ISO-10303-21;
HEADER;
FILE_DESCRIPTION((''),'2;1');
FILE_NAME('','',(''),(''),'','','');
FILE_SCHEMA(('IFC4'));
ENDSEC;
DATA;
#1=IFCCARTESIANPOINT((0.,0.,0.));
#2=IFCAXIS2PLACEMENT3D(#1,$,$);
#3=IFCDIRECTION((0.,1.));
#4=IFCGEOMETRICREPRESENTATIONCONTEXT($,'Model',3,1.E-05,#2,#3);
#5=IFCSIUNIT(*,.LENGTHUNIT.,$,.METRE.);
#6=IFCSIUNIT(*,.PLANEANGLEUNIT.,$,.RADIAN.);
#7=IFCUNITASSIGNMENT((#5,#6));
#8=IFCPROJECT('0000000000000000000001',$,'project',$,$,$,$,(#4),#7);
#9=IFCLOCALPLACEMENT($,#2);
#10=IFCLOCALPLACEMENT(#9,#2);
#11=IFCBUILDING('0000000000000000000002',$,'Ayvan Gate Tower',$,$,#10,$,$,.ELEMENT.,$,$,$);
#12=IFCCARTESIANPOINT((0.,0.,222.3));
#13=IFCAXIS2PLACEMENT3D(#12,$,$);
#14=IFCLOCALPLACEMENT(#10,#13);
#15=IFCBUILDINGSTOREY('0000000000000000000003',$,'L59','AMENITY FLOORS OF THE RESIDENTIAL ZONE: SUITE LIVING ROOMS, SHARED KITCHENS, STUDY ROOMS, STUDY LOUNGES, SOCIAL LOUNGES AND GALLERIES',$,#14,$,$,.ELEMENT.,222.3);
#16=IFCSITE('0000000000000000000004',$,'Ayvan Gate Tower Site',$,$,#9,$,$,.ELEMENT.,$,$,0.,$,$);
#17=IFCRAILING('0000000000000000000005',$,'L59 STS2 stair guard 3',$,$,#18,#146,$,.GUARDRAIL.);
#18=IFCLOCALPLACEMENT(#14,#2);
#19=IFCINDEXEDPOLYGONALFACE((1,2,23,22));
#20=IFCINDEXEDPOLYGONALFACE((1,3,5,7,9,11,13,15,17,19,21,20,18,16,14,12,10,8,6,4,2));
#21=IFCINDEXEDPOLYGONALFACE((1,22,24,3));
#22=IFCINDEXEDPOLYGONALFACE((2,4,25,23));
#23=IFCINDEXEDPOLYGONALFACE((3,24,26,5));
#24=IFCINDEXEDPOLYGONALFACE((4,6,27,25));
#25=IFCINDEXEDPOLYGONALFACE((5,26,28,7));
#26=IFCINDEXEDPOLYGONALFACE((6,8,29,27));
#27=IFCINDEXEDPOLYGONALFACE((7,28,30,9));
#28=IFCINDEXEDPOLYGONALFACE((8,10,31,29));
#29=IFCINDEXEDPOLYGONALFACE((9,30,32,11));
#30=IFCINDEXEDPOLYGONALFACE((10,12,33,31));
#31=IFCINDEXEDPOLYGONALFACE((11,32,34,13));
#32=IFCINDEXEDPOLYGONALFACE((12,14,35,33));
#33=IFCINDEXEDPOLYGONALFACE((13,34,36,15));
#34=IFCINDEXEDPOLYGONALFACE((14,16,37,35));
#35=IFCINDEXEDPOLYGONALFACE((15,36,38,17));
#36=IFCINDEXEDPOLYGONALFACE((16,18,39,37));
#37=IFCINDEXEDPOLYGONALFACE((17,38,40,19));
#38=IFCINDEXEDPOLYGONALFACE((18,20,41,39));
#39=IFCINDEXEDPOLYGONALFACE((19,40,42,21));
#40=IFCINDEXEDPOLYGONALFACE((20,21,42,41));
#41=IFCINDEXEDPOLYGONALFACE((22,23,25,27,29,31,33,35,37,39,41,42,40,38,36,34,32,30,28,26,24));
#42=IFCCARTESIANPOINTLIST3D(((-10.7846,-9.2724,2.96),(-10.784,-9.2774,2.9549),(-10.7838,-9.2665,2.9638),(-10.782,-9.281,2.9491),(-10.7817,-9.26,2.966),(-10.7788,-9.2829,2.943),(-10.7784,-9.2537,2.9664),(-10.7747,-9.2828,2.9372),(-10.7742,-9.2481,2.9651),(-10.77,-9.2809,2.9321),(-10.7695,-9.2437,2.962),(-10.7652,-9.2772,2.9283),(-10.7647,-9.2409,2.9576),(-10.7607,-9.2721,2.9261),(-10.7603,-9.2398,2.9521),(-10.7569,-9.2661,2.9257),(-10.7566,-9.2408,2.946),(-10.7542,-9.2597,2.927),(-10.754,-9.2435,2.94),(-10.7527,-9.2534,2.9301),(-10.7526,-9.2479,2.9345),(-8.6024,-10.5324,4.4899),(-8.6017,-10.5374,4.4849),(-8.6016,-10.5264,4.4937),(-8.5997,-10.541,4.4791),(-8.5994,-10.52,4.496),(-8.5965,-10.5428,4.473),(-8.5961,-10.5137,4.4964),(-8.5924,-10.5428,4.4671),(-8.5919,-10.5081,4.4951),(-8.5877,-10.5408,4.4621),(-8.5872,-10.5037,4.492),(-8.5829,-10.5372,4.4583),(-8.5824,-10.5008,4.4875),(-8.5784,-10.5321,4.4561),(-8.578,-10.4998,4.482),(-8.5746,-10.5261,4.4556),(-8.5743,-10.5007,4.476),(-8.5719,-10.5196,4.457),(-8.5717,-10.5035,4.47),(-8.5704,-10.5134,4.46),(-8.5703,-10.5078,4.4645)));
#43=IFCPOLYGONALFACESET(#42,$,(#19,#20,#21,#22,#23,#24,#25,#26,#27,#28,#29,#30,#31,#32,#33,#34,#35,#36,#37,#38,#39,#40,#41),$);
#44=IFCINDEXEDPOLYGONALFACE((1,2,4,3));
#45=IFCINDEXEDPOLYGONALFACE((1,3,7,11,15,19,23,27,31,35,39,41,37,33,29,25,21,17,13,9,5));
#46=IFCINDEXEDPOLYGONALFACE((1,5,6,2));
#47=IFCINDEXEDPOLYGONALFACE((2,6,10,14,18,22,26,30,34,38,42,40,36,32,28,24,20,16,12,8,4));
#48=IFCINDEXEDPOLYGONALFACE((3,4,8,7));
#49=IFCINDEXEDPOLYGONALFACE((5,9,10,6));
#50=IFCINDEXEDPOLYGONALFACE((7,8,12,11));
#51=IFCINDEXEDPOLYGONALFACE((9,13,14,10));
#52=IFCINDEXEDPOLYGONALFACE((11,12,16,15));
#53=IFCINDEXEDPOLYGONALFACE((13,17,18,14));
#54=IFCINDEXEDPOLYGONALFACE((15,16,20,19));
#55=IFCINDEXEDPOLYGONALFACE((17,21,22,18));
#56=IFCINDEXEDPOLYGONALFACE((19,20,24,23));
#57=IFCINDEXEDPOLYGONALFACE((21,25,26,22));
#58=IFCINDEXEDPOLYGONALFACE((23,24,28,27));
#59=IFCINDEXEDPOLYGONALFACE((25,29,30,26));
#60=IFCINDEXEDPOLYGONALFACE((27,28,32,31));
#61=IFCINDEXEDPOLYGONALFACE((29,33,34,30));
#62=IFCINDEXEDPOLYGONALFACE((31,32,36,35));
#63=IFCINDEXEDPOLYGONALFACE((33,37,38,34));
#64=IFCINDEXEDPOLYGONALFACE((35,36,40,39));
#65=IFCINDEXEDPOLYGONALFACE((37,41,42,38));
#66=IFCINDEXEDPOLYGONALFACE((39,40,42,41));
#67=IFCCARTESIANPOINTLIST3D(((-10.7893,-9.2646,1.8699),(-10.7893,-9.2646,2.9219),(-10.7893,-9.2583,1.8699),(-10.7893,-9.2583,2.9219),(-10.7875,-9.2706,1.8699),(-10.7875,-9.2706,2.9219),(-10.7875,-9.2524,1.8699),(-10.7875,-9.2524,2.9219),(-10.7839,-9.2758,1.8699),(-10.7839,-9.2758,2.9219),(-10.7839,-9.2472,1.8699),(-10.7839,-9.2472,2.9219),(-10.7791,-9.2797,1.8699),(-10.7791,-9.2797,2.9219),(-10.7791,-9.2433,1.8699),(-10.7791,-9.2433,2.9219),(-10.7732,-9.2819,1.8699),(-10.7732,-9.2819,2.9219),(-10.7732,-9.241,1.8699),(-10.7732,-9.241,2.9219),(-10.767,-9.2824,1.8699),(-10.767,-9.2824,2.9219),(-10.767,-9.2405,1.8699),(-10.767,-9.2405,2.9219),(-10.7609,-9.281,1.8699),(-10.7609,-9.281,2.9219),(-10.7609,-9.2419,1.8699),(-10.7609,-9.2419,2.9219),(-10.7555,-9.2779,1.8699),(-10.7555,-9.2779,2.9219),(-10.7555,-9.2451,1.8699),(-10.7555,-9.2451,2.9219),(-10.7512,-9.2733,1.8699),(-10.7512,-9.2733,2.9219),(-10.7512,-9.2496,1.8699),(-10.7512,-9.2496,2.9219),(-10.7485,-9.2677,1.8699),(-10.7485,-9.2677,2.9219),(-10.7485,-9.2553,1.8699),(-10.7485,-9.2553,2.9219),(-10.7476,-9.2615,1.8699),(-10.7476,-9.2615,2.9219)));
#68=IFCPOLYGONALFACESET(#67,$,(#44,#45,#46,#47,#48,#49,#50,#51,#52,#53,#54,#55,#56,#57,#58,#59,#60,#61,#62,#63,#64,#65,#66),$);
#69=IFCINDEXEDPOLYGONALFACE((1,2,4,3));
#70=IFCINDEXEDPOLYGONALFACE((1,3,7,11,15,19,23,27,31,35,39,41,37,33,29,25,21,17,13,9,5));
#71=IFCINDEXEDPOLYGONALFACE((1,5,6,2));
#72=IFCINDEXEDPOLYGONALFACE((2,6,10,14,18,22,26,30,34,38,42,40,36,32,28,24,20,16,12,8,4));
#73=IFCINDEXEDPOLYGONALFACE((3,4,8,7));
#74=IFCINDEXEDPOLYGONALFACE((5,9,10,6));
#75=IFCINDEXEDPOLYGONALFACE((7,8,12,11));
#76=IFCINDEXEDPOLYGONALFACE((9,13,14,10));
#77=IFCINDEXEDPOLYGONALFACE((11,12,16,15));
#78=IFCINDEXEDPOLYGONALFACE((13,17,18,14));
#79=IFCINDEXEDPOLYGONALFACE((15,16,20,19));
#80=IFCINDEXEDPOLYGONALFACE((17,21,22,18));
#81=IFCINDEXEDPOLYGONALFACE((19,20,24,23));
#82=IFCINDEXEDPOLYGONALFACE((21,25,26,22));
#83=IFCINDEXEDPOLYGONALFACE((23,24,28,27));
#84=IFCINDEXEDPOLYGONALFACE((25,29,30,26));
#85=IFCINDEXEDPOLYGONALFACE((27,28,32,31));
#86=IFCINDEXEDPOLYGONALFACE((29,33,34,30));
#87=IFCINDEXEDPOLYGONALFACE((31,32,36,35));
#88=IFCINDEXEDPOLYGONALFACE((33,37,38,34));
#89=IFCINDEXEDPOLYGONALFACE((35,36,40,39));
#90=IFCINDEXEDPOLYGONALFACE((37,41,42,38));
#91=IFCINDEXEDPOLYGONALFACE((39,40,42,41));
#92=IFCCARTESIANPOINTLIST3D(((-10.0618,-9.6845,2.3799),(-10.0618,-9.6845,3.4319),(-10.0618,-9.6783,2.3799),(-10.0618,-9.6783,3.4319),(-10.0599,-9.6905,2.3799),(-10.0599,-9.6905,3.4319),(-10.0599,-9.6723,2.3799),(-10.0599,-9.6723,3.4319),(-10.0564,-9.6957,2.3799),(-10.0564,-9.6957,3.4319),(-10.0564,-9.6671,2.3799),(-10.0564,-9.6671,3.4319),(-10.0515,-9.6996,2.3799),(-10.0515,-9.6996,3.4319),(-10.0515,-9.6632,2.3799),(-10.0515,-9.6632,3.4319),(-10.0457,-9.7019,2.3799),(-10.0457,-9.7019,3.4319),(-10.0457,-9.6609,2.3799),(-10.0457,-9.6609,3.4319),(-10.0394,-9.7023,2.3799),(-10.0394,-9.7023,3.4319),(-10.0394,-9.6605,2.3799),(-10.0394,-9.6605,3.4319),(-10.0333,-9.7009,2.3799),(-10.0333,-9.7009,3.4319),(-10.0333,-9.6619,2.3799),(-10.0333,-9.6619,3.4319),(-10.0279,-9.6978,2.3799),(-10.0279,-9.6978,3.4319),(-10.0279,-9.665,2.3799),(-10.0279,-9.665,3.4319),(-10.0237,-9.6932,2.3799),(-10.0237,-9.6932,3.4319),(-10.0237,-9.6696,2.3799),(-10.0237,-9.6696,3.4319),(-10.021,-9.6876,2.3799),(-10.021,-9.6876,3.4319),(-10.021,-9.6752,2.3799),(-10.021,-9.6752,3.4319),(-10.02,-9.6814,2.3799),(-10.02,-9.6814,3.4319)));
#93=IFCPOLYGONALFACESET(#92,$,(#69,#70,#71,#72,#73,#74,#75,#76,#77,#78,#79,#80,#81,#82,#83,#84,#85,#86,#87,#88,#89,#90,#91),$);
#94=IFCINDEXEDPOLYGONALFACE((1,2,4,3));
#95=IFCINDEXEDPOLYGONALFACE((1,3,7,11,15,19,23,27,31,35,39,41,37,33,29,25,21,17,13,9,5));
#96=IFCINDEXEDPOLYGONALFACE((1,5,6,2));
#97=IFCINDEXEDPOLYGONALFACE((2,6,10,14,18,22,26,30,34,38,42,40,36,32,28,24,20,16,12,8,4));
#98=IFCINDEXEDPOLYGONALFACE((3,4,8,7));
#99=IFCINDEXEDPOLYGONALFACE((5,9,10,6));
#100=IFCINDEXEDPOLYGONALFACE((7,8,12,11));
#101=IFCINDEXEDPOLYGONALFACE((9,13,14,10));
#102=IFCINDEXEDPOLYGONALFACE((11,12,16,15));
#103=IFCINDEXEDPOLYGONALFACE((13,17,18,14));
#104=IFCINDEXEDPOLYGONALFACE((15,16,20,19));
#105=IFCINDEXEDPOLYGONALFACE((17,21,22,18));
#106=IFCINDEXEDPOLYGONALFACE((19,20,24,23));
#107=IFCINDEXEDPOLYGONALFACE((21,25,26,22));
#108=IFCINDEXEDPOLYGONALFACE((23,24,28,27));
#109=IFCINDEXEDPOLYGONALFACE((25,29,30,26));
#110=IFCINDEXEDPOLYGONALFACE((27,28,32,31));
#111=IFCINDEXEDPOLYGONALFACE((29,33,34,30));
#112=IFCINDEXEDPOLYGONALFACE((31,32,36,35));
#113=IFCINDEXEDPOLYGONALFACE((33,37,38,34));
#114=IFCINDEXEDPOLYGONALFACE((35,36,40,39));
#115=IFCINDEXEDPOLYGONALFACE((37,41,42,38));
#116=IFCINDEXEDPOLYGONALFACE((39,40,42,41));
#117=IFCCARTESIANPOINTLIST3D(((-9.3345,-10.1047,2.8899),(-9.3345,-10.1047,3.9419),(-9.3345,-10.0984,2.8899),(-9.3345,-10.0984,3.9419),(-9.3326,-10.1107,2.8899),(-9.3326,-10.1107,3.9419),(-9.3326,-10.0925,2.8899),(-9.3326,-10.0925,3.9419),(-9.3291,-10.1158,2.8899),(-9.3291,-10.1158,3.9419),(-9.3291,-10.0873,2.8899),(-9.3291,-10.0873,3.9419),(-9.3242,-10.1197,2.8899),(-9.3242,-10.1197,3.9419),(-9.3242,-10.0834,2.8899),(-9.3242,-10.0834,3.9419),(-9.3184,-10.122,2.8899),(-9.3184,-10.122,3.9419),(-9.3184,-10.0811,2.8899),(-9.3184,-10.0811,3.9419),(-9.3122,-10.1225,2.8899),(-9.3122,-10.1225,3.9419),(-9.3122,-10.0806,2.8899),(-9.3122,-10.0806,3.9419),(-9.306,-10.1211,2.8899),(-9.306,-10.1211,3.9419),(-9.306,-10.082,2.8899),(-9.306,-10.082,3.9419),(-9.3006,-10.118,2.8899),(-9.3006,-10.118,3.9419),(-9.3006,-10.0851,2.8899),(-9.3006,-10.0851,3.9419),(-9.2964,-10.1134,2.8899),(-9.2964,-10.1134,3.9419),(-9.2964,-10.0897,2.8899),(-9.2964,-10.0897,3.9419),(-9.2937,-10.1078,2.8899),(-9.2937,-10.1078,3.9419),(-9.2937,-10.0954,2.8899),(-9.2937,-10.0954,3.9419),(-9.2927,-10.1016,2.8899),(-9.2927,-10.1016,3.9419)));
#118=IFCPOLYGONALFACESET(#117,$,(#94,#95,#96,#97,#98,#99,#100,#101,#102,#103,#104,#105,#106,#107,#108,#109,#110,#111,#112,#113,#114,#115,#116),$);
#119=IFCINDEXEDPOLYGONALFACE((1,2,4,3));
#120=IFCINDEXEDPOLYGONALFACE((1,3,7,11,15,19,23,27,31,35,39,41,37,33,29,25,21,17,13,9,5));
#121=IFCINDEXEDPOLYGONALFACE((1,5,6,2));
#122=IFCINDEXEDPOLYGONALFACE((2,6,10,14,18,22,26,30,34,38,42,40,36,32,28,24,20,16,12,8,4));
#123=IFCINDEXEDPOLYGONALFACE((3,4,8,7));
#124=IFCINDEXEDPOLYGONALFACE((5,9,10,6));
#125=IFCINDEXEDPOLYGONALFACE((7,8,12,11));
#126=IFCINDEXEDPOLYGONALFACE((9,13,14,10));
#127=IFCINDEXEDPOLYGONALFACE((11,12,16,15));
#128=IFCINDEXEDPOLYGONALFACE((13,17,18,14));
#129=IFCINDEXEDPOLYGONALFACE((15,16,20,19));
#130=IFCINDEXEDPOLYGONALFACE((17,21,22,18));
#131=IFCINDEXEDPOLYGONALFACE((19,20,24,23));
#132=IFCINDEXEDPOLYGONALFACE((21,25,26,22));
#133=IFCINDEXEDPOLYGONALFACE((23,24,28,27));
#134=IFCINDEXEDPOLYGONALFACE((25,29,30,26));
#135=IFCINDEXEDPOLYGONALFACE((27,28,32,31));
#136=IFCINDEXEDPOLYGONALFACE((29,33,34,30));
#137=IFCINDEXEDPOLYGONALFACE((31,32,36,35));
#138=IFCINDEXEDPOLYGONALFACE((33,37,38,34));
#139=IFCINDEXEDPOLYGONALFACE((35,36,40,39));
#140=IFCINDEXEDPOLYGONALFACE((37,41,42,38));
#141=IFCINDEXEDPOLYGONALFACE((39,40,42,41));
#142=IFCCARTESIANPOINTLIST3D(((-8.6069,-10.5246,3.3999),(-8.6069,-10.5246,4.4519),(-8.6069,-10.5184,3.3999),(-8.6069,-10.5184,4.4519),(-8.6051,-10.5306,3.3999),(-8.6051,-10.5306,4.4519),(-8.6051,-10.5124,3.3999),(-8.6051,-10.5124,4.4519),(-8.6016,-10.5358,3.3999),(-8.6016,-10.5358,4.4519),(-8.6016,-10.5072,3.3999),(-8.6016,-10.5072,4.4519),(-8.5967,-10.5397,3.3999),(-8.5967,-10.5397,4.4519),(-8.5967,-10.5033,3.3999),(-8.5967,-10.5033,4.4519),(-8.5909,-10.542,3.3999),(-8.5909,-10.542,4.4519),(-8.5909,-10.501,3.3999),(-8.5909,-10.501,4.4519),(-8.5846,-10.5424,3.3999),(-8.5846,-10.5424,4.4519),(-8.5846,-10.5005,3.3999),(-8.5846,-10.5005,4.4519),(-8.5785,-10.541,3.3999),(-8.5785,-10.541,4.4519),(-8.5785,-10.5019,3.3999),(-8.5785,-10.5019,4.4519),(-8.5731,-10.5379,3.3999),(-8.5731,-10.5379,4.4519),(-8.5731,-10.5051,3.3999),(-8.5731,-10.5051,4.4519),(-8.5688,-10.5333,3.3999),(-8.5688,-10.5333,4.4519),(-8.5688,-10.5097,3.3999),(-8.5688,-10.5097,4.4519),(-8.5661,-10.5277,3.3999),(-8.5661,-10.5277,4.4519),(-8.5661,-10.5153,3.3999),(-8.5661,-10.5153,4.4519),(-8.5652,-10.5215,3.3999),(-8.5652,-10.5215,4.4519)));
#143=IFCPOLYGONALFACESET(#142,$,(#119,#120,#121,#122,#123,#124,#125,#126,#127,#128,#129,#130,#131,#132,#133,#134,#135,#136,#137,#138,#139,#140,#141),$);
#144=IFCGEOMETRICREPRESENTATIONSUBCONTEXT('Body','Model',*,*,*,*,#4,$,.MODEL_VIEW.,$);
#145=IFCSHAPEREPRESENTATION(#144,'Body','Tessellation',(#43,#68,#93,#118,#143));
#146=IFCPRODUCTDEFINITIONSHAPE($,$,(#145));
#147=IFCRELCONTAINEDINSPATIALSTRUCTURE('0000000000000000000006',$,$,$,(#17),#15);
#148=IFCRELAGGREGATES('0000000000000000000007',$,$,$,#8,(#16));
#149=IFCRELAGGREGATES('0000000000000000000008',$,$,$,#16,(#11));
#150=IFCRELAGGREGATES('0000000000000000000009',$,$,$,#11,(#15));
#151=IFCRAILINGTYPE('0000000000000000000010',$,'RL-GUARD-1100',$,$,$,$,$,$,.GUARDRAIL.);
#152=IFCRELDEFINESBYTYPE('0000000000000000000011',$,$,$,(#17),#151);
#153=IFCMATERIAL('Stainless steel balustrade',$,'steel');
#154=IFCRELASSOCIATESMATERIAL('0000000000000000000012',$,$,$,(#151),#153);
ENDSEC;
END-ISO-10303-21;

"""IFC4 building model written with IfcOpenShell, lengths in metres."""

from ifc_helpers import new_model, si_unit, direction, frame, origin, origin_2d, place, context, subcontext, project, spatial, circle, extrude, material, type_object, element, save


model = new_model("IFC4")

# Units and contexts
model_context = context("Model", 3, precision=1e-05, world=origin(), true_north=direction((0.0, 1.0)))
body_context = subcontext(model_context, "Body", "Model", "MODEL_VIEW")
ifc_project = project(units=[si_unit("LENGTHUNIT", "METRE"), si_unit("PLANEANGLEUNIT", "RADIAN")], contexts=[model_context])

# Site, building, storey
site_placement = place(None, origin())
site = spatial("IfcSite", under=ifc_project, at=site_placement, Name="Ayvan Gate Tower Site", CompositionType="ELEMENT", RefElevation=0.0)
building_placement = place(site_placement, origin())
building = spatial("IfcBuilding", under=site, at=building_placement, Name="Ayvan Gate Tower", CompositionType="ELEMENT")
storey_placement = place(building_placement, frame((0.0, 0.0, 222.3)))
storey = spatial("IfcBuildingStorey", under=building, at=storey_placement, Name="L59", Description="AMENITY FLOORS OF THE RESIDENTIAL ZONE: SUITE LIVING ROOMS, SHARED KITCHENS, STUDY ROOMS, STUDY LOUNGES, SOCIAL LOUNGES AND GALLERIES", CompositionType="ELEMENT", Elevation=222.3)

# Railing
ifc_material_1 = material(Name="Stainless steel balustrade", Category="steel")
railing_type_1 = type_object("IfcRailingType", Name="RL-GUARD-1100", PredefinedType="GUARDRAIL", material=ifc_material_1)
railing_1_placement = place(storey_placement, frame((-10.7686, -9.2615, 1.8699)))
element("IfcRailing", 1, at=railing_1_placement, inside=storey, type_object=railing_type_1, Name="L59 STS2 stair guard 3", PredefinedType="GUARDRAIL", context=body_context, shape_type="SweptSolid", body=[
    extrude(circle(Radius=0.0239, at=origin_2d()), frame((0.0, 0.0, 1.0762), z_axis=(0.740261, -0.427395, 0.518986), x_axis=(0.500005, 0.866023, 0.0)), (0.0, 0.0, 1.0), 2.948),
    extrude(circle(Radius=0.021, at=origin_2d()), origin(), (0.0, 0.0, 1.0), 1.052),
    extrude(circle(Radius=0.021, at=origin_2d()), frame((0.7275, -0.4199, 0.51)), (0.0, 0.0, 1.0), 1.052),
    extrude(circle(Radius=0.021, at=origin_2d()), frame((1.4548, -0.8401, 1.02)), (0.0, 0.0, 1.0), 1.052),
    extrude(circle(Radius=0.021, at=origin_2d()), frame((2.1824, -1.26, 1.53)), (0.0, 0.0, 1.0), 1.052),
])

save(model, "model.ifc")
